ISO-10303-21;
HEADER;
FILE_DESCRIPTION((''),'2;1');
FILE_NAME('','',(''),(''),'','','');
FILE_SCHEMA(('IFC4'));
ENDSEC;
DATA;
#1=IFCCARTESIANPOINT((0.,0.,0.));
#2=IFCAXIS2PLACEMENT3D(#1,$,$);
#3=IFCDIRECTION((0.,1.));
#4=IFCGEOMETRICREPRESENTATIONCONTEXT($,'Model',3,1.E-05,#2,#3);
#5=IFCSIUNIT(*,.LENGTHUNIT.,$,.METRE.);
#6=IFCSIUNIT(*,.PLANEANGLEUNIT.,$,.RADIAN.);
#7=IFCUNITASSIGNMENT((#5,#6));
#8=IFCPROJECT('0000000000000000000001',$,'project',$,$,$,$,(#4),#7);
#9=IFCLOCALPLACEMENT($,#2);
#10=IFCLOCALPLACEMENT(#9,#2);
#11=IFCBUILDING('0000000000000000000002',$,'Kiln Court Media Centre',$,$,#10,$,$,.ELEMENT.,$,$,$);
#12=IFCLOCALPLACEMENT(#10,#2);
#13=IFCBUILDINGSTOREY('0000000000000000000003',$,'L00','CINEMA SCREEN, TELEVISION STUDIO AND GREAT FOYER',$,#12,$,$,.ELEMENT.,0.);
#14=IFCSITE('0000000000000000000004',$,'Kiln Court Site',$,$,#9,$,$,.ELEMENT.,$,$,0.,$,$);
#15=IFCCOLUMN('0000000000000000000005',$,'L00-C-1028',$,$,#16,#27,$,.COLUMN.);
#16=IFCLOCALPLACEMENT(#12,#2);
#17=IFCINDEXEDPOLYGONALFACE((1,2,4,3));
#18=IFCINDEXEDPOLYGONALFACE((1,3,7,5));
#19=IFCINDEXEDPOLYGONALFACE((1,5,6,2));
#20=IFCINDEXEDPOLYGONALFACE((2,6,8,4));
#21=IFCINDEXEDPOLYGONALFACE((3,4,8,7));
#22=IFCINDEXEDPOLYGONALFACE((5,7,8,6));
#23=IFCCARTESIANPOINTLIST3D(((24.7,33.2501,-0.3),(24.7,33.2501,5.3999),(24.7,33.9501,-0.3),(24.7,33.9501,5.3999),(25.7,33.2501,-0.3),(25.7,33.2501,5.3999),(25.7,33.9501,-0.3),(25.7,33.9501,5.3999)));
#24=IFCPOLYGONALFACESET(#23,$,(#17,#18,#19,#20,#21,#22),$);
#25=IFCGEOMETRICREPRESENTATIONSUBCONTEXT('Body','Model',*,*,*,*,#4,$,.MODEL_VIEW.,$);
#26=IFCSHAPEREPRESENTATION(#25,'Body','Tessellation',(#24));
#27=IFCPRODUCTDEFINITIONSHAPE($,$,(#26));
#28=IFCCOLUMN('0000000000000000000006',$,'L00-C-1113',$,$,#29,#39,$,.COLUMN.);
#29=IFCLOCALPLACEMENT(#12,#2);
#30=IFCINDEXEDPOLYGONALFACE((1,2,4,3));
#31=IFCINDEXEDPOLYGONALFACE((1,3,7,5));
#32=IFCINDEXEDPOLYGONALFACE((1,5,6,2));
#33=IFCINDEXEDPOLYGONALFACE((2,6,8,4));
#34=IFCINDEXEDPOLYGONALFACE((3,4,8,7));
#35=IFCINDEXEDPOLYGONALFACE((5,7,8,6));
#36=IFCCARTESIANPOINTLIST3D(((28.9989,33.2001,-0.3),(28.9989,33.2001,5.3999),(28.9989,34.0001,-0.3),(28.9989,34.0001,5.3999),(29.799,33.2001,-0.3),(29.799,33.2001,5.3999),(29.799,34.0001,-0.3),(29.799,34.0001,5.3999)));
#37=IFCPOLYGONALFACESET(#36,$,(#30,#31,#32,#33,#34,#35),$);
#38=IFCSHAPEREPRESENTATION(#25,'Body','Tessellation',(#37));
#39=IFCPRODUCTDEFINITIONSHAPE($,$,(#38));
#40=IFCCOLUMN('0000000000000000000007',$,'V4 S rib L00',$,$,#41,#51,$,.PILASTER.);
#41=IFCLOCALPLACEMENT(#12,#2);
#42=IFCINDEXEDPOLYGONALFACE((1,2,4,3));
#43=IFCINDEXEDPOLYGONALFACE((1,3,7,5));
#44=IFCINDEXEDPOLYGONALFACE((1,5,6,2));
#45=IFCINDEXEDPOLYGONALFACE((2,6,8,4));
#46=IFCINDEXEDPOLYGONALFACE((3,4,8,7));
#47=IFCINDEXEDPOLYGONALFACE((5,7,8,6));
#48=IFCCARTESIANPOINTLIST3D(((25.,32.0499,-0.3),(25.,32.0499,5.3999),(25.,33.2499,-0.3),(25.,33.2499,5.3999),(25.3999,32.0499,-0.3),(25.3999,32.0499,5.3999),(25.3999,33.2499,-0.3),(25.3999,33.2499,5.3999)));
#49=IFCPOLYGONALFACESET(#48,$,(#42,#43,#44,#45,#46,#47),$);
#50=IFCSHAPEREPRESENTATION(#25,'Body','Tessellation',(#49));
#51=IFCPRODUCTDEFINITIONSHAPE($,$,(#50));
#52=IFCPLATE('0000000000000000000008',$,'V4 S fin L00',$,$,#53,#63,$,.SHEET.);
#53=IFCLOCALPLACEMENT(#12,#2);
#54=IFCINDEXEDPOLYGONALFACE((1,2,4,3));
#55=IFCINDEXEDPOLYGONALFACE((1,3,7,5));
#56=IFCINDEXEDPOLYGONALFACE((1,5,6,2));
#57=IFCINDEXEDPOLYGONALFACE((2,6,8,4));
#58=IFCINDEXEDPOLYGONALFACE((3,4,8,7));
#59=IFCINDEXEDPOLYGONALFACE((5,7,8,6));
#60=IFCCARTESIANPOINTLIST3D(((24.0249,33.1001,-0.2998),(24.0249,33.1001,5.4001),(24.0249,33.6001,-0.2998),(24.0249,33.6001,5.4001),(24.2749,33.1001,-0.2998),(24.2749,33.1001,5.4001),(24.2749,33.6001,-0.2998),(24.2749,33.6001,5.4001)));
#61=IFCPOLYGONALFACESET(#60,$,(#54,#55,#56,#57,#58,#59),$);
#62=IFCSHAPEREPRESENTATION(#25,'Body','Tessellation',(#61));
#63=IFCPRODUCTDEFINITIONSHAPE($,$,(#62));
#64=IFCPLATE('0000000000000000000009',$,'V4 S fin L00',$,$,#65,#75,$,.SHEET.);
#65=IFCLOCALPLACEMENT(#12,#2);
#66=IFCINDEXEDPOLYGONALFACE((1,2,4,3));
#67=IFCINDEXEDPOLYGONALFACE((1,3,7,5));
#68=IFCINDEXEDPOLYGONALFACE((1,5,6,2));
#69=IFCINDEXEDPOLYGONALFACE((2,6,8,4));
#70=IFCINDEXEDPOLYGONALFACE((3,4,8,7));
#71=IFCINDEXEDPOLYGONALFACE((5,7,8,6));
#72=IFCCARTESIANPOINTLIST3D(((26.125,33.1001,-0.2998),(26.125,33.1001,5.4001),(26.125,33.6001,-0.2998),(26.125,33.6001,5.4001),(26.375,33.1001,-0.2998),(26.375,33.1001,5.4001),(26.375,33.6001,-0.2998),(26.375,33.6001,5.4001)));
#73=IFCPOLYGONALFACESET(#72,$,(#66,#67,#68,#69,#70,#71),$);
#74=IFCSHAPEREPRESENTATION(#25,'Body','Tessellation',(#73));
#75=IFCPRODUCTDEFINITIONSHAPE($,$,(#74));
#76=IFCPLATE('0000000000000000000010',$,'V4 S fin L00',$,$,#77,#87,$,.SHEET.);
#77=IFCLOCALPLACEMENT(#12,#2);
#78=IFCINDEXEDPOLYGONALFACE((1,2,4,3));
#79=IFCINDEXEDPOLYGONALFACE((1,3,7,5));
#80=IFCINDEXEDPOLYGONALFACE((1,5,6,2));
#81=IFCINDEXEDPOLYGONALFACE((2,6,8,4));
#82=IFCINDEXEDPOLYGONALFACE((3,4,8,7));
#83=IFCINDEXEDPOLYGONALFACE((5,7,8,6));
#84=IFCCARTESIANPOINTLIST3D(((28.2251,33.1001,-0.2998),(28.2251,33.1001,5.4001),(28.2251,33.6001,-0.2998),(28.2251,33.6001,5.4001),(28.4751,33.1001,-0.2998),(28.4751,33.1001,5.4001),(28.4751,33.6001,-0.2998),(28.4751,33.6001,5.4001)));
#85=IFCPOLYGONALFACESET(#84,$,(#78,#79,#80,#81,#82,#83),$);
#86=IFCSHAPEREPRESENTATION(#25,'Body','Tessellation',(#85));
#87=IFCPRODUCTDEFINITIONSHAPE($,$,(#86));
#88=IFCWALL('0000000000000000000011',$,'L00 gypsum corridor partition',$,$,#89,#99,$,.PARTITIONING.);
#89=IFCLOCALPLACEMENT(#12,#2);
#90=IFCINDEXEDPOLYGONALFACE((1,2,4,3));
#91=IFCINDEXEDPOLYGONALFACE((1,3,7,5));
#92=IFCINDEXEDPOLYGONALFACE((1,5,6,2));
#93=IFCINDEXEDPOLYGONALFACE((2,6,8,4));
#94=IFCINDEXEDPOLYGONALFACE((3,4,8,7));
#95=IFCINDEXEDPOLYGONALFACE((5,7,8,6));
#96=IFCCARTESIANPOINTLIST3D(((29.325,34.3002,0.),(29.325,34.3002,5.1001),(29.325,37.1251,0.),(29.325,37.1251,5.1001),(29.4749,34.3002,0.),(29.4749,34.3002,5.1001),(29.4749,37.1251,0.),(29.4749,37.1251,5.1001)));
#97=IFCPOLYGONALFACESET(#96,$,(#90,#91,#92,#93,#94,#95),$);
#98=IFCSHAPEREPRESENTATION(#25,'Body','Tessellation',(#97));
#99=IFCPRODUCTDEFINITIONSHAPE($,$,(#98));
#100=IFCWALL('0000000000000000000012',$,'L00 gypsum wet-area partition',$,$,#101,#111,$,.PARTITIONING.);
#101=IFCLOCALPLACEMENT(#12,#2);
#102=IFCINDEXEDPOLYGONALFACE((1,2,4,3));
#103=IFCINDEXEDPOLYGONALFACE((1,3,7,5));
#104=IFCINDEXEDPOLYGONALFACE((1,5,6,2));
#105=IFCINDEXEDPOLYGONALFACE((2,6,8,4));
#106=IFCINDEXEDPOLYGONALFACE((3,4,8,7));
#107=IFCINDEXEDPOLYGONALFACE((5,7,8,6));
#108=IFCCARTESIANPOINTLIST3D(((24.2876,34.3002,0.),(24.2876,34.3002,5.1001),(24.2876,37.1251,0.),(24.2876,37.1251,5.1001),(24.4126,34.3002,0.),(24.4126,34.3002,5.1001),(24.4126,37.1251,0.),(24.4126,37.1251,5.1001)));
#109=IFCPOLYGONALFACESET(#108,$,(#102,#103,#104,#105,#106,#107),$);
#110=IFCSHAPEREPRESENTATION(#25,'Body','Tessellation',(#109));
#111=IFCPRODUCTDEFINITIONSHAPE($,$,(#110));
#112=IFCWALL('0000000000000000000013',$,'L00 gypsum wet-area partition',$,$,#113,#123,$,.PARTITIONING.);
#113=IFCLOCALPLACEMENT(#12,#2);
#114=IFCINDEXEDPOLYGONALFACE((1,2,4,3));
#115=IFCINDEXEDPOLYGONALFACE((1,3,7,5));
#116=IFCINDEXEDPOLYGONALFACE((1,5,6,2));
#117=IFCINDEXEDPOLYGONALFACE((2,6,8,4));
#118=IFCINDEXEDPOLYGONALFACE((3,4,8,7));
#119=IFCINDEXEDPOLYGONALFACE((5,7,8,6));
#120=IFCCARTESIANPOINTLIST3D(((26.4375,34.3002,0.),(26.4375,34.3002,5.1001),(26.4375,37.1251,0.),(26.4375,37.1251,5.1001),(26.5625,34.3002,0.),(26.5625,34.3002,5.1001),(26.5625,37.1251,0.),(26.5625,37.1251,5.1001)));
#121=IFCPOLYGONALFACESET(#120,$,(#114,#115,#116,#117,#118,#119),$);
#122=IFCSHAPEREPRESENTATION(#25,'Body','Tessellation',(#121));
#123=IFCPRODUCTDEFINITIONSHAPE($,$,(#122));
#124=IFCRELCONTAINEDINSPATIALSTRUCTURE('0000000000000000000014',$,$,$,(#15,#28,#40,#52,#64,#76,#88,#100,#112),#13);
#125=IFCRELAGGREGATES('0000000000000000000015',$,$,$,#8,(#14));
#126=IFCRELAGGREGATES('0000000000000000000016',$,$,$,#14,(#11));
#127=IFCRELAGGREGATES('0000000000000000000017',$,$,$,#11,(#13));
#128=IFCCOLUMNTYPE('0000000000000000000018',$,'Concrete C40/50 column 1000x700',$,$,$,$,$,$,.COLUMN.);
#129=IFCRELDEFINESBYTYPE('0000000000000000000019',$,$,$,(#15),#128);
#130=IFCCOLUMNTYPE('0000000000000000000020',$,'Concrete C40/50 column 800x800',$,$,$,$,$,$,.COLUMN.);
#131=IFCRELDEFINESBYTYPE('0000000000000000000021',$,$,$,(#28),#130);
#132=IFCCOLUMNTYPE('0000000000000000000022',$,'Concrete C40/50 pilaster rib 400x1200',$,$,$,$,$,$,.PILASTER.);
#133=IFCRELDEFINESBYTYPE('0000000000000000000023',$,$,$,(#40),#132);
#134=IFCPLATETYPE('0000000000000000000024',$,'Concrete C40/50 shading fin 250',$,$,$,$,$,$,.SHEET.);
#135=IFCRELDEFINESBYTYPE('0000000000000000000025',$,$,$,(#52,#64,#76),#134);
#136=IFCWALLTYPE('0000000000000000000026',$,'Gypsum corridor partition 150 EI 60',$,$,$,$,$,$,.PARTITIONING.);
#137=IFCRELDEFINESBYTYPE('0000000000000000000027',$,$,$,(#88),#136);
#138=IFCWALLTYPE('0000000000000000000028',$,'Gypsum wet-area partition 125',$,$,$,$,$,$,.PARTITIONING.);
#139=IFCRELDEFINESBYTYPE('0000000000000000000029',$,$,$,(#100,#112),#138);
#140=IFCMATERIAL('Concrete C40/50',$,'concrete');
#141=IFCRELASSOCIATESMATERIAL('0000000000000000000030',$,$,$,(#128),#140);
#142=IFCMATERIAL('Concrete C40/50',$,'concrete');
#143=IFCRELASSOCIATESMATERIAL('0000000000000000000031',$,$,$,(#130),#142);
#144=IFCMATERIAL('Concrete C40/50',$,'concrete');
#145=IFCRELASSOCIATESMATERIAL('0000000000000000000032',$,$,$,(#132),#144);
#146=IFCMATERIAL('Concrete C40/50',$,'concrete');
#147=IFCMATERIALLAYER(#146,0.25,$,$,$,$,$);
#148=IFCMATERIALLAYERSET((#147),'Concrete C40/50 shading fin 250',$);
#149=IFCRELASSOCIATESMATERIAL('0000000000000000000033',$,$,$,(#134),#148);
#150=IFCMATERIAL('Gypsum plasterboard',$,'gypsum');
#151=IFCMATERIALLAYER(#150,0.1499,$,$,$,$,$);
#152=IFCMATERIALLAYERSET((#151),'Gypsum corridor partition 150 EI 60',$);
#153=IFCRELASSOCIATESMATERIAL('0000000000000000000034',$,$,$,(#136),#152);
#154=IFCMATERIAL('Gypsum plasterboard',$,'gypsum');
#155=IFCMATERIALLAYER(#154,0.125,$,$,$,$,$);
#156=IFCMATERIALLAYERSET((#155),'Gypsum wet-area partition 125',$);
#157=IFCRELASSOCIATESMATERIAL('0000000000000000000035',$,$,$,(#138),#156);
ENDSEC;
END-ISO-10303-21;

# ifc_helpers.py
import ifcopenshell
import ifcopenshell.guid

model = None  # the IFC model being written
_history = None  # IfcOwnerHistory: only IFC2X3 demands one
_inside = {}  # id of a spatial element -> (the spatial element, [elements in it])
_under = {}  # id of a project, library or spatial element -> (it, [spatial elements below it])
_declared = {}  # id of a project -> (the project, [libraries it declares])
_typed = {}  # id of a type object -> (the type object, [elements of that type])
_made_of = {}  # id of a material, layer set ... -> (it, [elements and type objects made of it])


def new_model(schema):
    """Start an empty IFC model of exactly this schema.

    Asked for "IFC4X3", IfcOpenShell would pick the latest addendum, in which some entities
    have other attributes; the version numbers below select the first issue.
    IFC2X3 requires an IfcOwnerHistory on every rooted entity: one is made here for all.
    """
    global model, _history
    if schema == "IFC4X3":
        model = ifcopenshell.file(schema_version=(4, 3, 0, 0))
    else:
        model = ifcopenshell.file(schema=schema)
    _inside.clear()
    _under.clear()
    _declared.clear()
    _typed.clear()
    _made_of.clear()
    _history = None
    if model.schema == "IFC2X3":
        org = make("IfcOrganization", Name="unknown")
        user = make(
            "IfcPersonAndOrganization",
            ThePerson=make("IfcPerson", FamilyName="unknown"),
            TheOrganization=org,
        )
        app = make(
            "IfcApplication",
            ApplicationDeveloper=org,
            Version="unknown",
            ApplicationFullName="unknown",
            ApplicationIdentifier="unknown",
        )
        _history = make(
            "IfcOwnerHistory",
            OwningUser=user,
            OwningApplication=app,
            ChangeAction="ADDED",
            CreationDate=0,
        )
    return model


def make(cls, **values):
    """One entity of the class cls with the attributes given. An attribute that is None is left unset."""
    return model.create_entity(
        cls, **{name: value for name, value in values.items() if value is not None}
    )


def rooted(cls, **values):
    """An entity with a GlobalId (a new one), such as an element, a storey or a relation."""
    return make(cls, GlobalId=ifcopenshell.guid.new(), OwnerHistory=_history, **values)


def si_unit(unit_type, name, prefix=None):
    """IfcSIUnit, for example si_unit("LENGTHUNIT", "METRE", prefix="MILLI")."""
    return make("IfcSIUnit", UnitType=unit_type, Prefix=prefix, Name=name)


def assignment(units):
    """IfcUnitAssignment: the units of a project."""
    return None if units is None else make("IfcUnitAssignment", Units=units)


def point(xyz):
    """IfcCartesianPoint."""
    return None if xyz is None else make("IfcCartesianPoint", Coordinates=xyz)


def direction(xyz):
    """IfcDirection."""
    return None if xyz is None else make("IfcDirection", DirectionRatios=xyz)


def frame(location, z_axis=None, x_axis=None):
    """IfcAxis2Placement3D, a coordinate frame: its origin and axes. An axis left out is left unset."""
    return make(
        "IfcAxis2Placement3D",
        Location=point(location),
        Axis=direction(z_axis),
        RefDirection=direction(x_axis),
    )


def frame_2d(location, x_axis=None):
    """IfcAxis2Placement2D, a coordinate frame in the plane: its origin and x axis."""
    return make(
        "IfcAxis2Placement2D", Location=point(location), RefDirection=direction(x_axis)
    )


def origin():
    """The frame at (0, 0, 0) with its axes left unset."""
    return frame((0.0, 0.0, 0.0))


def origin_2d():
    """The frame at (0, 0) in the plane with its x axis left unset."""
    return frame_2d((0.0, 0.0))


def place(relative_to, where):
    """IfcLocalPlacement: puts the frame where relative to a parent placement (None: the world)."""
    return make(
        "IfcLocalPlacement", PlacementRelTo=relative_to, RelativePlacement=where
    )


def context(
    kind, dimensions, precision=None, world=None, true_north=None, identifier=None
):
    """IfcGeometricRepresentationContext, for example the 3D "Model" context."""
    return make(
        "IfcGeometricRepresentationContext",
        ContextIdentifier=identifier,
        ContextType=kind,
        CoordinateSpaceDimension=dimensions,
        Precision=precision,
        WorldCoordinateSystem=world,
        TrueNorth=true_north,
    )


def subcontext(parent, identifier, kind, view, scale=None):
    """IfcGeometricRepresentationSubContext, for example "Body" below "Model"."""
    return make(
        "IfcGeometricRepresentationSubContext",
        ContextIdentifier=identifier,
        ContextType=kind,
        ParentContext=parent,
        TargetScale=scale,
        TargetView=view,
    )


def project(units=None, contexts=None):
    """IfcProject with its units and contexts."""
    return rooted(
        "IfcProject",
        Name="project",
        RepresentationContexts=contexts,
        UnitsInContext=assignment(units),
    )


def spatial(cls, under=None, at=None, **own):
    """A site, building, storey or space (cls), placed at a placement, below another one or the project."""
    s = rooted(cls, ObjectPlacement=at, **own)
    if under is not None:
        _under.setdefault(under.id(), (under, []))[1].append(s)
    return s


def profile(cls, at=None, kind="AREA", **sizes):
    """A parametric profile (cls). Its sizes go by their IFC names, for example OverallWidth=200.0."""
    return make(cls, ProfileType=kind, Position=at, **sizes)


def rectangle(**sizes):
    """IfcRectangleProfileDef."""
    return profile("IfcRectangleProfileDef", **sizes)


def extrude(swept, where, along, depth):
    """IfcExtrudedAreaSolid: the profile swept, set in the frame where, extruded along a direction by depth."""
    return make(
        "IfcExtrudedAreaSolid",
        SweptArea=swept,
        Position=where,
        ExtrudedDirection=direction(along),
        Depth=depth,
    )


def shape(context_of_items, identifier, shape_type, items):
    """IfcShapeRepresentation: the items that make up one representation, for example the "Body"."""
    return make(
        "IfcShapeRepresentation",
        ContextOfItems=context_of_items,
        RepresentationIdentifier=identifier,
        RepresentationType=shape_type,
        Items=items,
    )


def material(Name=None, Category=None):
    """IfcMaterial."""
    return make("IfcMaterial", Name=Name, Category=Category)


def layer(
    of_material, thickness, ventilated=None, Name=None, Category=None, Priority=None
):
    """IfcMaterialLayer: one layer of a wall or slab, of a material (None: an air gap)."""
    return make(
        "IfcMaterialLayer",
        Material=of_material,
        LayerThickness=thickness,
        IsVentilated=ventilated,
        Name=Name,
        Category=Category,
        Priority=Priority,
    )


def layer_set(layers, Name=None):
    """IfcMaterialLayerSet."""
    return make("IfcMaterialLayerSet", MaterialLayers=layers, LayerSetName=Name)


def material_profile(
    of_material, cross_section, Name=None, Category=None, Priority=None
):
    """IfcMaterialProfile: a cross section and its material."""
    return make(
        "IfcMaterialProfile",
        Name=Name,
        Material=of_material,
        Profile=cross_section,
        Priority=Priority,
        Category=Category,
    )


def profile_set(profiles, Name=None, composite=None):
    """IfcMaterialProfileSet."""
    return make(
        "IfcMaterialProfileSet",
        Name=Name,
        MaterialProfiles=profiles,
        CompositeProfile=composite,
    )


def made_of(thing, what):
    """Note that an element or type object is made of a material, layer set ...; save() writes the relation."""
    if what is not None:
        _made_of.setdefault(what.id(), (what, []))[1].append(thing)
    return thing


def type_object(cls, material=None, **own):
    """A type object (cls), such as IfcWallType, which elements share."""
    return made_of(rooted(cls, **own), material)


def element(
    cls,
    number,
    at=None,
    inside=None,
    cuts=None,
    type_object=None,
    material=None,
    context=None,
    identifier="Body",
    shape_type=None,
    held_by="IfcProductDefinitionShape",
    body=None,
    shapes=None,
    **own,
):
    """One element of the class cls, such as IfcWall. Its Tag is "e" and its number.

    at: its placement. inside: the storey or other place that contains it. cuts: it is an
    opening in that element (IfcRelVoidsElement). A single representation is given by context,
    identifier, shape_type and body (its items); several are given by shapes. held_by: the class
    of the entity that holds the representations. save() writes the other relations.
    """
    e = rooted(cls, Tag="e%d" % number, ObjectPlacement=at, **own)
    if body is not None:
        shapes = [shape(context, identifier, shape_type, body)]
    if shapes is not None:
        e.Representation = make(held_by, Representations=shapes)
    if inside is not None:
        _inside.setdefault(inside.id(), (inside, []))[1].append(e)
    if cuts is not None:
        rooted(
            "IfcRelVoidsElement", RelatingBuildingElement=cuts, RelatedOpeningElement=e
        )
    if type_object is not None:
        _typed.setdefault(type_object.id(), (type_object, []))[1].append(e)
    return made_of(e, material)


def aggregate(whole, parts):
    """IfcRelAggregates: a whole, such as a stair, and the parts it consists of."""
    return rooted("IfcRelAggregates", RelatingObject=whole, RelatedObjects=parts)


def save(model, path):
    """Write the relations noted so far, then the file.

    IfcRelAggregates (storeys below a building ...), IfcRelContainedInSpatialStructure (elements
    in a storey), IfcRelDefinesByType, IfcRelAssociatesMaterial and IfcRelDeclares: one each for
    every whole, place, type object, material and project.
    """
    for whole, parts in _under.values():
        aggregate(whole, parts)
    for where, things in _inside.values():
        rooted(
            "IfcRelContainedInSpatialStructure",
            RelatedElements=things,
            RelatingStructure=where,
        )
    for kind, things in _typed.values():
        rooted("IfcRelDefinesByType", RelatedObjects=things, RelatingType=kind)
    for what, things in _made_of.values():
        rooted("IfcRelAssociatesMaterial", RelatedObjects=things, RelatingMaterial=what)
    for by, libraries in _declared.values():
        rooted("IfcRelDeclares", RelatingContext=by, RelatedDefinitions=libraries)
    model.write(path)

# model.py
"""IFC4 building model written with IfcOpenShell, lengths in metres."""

from ifc_helpers import new_model, si_unit, direction, frame, frame_2d, origin, origin_2d, place, context, subcontext, project, spatial, rectangle, extrude, material, layer, layer_set, material_profile, profile_set, type_object, element, save


model = new_model("IFC4")

# Units and contexts
model_context = context("Model", 3, precision=1e-05, world=origin(), true_north=direction((0.0, 1.0)))
body_context = subcontext(model_context, "Body", "Model", "MODEL_VIEW")
ifc_project = project(units=[si_unit("LENGTHUNIT", "METRE"), si_unit("PLANEANGLEUNIT", "RADIAN")], contexts=[model_context])

# Site, building, storey
site_placement = place(None, origin())
site = spatial("IfcSite", under=ifc_project, at=site_placement, Name="Kiln Court Site", CompositionType="ELEMENT", RefElevation=0.0)
building_placement = place(site_placement, origin())
building = spatial("IfcBuilding", under=site, at=building_placement, Name="Kiln Court Media Centre", CompositionType="ELEMENT")
storey_placement = place(building_placement, origin())
storey = spatial("IfcBuildingStorey", under=building, at=storey_placement, Name="L00", Description="CINEMA SCREEN, TELEVISION STUDIO AND GREAT FOYER", CompositionType="ELEMENT", Elevation=0.0)

# Columns
ifc_material_1 = material(Name="Concrete C40/50", Category="concrete")
ifc_material_profile_1 = material_profile(ifc_material_1, rectangle(XDim=1.0, YDim=0.7, at=origin_2d()), Name="RC 1000x700")
ifc_profile_set_1 = profile_set([ifc_material_profile_1], Name="Concrete C40/50")
column_type_1 = type_object("IfcColumnType", Name="Concrete C40/50 column 1000x700", PredefinedType="COLUMN", material=ifc_profile_set_1)
column_1_placement = place(storey_placement, frame((25.2, 33.6001, -0.3), z_axis=(0.0, 0.0, 1.0), x_axis=(1.0, 0.0, 0.0)))
element("IfcColumn", 1, at=column_1_placement, inside=storey, type_object=column_type_1, Name="L00-C-1028", PredefinedType="COLUMN", context=body_context, shape_type="SweptSolid", body=[
    extrude(rectangle(XDim=1.0, YDim=0.7, at=origin_2d()), origin(), (0.0, 0.0, 1.0), 5.7),
])
ifc_material_2 = material(Name="Concrete C40/50", Category="concrete")
ifc_material_profile_2 = material_profile(ifc_material_2, rectangle(XDim=0.8, YDim=0.8, at=origin_2d()), Name="RC 800x800")
ifc_profile_set_2 = profile_set([ifc_material_profile_2], Name="Concrete C40/50")
column_type_2 = type_object("IfcColumnType", Name="Concrete C40/50 column 800x800", PredefinedType="COLUMN", material=ifc_profile_set_2)
column_2_placement = place(storey_placement, frame((29.3989, 33.6001, -0.3), z_axis=(0.0, 0.0, 1.0), x_axis=(1.0, 0.0, 0.0)))
element("IfcColumn", 2, at=column_2_placement, inside=storey, type_object=column_type_2, Name="L00-C-1113", PredefinedType="COLUMN", context=body_context, shape_type="SweptSolid", body=[
    extrude(rectangle(XDim=0.8, YDim=0.8, at=origin_2d()), origin(), (0.0, 0.0, 1.0), 5.7),
])
ifc_material_3 = material(Name="Concrete C40/50", Category="concrete")
ifc_material_profile_3 = material_profile(ifc_material_3, rectangle(XDim=0.3999, YDim=1.2, at=origin_2d()), Name="RC 400x1200")
ifc_profile_set_3 = profile_set([ifc_material_profile_3], Name="Concrete C40/50")
column_type_3 = type_object("IfcColumnType", Name="Concrete C40/50 pilaster rib 400x1200", PredefinedType="PILASTER", material=ifc_profile_set_3)
column_3_placement = place(storey_placement, frame((25.2, 32.6499, -0.3), z_axis=(0.0, 0.0, 1.0), x_axis=(1.0, 0.0, 0.0)))
element("IfcColumn", 3, at=column_3_placement, inside=storey, type_object=column_type_3, Name="V4 S rib L00", PredefinedType="PILASTER", context=body_context, shape_type="SweptSolid", body=[
    extrude(rectangle(XDim=0.3999, YDim=1.2, at=origin_2d()), origin(), (0.0, 0.0, 1.0), 5.7),
])

# Plates
ifc_material_4 = material(Name="Concrete C40/50", Category="concrete")
ifc_layer_1 = layer(ifc_material_4, 0.25)
ifc_layer_set_1 = layer_set([ifc_layer_1], Name="Concrete C40/50 shading fin 250")
plate_type = type_object("IfcPlateType", Name="Concrete C40/50 shading fin 250", PredefinedType="SHEET", material=ifc_layer_set_1)
for number, where, z_axis, x_axis, name in (
    (4, (24.1499, 33.3501, -0.2998), (0.0, 0.0, 1.0), (1.0, 0.0, 0.0), "V4 S fin L00"),
    (5, (26.25, 33.3501, -0.2998), (0.0, 0.0, 1.0), (1.0, 0.0, 0.0), "V4 S fin L00"),
    (6, (28.3501, 33.3501, -0.2998), (0.0, 0.0, 1.0), (1.0, 0.0, 0.0), "V4 S fin L00"),
):
    element("IfcPlate", number, at=place(storey_placement, frame(where, z_axis=z_axis, x_axis=x_axis)), inside=storey, type_object=plate_type, Name=name, PredefinedType="SHEET", context=body_context, shape_type="SweptSolid", body=[
        extrude(rectangle(XDim=0.25, YDim=0.5, at=origin_2d()), origin(), (0.0, 0.0, 1.0), 5.7),
    ])

# Walls
ifc_material_5 = material(Name="Gypsum plasterboard", Category="gypsum")
ifc_layer_2 = layer(ifc_material_5, 0.1499)
ifc_layer_set_2 = layer_set([ifc_layer_2], Name="Gypsum corridor partition 150 EI 60")
wall_type_1 = type_object("IfcWallType", Name="Gypsum corridor partition 150 EI 60", PredefinedType="PARTITIONING", material=ifc_layer_set_2)
wall_placement = place(storey_placement, frame((29.3999, 34.3, 0.0), z_axis=(0.0, 0.0, 1.0), x_axis=(0.0, 1.0, 0.0)))
element("IfcWall", 7, at=wall_placement, inside=storey, type_object=wall_type_1, Name="L00 gypsum corridor partition", PredefinedType="PARTITIONING", context=body_context, shape_type="SweptSolid", body=[
    extrude(rectangle(XDim=2.825, YDim=0.1499, at=frame_2d((1.4126, 0.0))), origin(), (0.0, 0.0, 1.0), 5.1001),
])
ifc_material_6 = material(Name="Gypsum plasterboard", Category="gypsum")
ifc_layer_3 = layer(ifc_material_6, 0.125)
ifc_layer_set_3 = layer_set([ifc_layer_3], Name="Gypsum wet-area partition 125")
wall_type_2 = type_object("IfcWallType", Name="Gypsum wet-area partition 125", PredefinedType="PARTITIONING", material=ifc_layer_set_3)
for number, where, z_axis, x_axis, name in (
    (8, (24.3501, 34.3, 0.0), (0.0, 0.0, 1.0), (0.0, 1.0, 0.0), "L00 gypsum wet-area partition"),
    (9, (26.5, 34.3, 0.0), (0.0, 0.0, 1.0), (0.0, 1.0, 0.0), "L00 gypsum wet-area partition"),
):
    element("IfcWall", number, at=place(storey_placement, frame(where, z_axis=z_axis, x_axis=x_axis)), inside=storey, type_object=wall_type_2, Name=name, PredefinedType="PARTITIONING", context=body_context, shape_type="SweptSolid", body=[
        extrude(rectangle(XDim=2.825, YDim=0.125, at=frame_2d((1.4126, 0.0))), origin(), (0.0, 0.0, 1.0), 5.1001),
    ])

save(model, "model.ifc")
